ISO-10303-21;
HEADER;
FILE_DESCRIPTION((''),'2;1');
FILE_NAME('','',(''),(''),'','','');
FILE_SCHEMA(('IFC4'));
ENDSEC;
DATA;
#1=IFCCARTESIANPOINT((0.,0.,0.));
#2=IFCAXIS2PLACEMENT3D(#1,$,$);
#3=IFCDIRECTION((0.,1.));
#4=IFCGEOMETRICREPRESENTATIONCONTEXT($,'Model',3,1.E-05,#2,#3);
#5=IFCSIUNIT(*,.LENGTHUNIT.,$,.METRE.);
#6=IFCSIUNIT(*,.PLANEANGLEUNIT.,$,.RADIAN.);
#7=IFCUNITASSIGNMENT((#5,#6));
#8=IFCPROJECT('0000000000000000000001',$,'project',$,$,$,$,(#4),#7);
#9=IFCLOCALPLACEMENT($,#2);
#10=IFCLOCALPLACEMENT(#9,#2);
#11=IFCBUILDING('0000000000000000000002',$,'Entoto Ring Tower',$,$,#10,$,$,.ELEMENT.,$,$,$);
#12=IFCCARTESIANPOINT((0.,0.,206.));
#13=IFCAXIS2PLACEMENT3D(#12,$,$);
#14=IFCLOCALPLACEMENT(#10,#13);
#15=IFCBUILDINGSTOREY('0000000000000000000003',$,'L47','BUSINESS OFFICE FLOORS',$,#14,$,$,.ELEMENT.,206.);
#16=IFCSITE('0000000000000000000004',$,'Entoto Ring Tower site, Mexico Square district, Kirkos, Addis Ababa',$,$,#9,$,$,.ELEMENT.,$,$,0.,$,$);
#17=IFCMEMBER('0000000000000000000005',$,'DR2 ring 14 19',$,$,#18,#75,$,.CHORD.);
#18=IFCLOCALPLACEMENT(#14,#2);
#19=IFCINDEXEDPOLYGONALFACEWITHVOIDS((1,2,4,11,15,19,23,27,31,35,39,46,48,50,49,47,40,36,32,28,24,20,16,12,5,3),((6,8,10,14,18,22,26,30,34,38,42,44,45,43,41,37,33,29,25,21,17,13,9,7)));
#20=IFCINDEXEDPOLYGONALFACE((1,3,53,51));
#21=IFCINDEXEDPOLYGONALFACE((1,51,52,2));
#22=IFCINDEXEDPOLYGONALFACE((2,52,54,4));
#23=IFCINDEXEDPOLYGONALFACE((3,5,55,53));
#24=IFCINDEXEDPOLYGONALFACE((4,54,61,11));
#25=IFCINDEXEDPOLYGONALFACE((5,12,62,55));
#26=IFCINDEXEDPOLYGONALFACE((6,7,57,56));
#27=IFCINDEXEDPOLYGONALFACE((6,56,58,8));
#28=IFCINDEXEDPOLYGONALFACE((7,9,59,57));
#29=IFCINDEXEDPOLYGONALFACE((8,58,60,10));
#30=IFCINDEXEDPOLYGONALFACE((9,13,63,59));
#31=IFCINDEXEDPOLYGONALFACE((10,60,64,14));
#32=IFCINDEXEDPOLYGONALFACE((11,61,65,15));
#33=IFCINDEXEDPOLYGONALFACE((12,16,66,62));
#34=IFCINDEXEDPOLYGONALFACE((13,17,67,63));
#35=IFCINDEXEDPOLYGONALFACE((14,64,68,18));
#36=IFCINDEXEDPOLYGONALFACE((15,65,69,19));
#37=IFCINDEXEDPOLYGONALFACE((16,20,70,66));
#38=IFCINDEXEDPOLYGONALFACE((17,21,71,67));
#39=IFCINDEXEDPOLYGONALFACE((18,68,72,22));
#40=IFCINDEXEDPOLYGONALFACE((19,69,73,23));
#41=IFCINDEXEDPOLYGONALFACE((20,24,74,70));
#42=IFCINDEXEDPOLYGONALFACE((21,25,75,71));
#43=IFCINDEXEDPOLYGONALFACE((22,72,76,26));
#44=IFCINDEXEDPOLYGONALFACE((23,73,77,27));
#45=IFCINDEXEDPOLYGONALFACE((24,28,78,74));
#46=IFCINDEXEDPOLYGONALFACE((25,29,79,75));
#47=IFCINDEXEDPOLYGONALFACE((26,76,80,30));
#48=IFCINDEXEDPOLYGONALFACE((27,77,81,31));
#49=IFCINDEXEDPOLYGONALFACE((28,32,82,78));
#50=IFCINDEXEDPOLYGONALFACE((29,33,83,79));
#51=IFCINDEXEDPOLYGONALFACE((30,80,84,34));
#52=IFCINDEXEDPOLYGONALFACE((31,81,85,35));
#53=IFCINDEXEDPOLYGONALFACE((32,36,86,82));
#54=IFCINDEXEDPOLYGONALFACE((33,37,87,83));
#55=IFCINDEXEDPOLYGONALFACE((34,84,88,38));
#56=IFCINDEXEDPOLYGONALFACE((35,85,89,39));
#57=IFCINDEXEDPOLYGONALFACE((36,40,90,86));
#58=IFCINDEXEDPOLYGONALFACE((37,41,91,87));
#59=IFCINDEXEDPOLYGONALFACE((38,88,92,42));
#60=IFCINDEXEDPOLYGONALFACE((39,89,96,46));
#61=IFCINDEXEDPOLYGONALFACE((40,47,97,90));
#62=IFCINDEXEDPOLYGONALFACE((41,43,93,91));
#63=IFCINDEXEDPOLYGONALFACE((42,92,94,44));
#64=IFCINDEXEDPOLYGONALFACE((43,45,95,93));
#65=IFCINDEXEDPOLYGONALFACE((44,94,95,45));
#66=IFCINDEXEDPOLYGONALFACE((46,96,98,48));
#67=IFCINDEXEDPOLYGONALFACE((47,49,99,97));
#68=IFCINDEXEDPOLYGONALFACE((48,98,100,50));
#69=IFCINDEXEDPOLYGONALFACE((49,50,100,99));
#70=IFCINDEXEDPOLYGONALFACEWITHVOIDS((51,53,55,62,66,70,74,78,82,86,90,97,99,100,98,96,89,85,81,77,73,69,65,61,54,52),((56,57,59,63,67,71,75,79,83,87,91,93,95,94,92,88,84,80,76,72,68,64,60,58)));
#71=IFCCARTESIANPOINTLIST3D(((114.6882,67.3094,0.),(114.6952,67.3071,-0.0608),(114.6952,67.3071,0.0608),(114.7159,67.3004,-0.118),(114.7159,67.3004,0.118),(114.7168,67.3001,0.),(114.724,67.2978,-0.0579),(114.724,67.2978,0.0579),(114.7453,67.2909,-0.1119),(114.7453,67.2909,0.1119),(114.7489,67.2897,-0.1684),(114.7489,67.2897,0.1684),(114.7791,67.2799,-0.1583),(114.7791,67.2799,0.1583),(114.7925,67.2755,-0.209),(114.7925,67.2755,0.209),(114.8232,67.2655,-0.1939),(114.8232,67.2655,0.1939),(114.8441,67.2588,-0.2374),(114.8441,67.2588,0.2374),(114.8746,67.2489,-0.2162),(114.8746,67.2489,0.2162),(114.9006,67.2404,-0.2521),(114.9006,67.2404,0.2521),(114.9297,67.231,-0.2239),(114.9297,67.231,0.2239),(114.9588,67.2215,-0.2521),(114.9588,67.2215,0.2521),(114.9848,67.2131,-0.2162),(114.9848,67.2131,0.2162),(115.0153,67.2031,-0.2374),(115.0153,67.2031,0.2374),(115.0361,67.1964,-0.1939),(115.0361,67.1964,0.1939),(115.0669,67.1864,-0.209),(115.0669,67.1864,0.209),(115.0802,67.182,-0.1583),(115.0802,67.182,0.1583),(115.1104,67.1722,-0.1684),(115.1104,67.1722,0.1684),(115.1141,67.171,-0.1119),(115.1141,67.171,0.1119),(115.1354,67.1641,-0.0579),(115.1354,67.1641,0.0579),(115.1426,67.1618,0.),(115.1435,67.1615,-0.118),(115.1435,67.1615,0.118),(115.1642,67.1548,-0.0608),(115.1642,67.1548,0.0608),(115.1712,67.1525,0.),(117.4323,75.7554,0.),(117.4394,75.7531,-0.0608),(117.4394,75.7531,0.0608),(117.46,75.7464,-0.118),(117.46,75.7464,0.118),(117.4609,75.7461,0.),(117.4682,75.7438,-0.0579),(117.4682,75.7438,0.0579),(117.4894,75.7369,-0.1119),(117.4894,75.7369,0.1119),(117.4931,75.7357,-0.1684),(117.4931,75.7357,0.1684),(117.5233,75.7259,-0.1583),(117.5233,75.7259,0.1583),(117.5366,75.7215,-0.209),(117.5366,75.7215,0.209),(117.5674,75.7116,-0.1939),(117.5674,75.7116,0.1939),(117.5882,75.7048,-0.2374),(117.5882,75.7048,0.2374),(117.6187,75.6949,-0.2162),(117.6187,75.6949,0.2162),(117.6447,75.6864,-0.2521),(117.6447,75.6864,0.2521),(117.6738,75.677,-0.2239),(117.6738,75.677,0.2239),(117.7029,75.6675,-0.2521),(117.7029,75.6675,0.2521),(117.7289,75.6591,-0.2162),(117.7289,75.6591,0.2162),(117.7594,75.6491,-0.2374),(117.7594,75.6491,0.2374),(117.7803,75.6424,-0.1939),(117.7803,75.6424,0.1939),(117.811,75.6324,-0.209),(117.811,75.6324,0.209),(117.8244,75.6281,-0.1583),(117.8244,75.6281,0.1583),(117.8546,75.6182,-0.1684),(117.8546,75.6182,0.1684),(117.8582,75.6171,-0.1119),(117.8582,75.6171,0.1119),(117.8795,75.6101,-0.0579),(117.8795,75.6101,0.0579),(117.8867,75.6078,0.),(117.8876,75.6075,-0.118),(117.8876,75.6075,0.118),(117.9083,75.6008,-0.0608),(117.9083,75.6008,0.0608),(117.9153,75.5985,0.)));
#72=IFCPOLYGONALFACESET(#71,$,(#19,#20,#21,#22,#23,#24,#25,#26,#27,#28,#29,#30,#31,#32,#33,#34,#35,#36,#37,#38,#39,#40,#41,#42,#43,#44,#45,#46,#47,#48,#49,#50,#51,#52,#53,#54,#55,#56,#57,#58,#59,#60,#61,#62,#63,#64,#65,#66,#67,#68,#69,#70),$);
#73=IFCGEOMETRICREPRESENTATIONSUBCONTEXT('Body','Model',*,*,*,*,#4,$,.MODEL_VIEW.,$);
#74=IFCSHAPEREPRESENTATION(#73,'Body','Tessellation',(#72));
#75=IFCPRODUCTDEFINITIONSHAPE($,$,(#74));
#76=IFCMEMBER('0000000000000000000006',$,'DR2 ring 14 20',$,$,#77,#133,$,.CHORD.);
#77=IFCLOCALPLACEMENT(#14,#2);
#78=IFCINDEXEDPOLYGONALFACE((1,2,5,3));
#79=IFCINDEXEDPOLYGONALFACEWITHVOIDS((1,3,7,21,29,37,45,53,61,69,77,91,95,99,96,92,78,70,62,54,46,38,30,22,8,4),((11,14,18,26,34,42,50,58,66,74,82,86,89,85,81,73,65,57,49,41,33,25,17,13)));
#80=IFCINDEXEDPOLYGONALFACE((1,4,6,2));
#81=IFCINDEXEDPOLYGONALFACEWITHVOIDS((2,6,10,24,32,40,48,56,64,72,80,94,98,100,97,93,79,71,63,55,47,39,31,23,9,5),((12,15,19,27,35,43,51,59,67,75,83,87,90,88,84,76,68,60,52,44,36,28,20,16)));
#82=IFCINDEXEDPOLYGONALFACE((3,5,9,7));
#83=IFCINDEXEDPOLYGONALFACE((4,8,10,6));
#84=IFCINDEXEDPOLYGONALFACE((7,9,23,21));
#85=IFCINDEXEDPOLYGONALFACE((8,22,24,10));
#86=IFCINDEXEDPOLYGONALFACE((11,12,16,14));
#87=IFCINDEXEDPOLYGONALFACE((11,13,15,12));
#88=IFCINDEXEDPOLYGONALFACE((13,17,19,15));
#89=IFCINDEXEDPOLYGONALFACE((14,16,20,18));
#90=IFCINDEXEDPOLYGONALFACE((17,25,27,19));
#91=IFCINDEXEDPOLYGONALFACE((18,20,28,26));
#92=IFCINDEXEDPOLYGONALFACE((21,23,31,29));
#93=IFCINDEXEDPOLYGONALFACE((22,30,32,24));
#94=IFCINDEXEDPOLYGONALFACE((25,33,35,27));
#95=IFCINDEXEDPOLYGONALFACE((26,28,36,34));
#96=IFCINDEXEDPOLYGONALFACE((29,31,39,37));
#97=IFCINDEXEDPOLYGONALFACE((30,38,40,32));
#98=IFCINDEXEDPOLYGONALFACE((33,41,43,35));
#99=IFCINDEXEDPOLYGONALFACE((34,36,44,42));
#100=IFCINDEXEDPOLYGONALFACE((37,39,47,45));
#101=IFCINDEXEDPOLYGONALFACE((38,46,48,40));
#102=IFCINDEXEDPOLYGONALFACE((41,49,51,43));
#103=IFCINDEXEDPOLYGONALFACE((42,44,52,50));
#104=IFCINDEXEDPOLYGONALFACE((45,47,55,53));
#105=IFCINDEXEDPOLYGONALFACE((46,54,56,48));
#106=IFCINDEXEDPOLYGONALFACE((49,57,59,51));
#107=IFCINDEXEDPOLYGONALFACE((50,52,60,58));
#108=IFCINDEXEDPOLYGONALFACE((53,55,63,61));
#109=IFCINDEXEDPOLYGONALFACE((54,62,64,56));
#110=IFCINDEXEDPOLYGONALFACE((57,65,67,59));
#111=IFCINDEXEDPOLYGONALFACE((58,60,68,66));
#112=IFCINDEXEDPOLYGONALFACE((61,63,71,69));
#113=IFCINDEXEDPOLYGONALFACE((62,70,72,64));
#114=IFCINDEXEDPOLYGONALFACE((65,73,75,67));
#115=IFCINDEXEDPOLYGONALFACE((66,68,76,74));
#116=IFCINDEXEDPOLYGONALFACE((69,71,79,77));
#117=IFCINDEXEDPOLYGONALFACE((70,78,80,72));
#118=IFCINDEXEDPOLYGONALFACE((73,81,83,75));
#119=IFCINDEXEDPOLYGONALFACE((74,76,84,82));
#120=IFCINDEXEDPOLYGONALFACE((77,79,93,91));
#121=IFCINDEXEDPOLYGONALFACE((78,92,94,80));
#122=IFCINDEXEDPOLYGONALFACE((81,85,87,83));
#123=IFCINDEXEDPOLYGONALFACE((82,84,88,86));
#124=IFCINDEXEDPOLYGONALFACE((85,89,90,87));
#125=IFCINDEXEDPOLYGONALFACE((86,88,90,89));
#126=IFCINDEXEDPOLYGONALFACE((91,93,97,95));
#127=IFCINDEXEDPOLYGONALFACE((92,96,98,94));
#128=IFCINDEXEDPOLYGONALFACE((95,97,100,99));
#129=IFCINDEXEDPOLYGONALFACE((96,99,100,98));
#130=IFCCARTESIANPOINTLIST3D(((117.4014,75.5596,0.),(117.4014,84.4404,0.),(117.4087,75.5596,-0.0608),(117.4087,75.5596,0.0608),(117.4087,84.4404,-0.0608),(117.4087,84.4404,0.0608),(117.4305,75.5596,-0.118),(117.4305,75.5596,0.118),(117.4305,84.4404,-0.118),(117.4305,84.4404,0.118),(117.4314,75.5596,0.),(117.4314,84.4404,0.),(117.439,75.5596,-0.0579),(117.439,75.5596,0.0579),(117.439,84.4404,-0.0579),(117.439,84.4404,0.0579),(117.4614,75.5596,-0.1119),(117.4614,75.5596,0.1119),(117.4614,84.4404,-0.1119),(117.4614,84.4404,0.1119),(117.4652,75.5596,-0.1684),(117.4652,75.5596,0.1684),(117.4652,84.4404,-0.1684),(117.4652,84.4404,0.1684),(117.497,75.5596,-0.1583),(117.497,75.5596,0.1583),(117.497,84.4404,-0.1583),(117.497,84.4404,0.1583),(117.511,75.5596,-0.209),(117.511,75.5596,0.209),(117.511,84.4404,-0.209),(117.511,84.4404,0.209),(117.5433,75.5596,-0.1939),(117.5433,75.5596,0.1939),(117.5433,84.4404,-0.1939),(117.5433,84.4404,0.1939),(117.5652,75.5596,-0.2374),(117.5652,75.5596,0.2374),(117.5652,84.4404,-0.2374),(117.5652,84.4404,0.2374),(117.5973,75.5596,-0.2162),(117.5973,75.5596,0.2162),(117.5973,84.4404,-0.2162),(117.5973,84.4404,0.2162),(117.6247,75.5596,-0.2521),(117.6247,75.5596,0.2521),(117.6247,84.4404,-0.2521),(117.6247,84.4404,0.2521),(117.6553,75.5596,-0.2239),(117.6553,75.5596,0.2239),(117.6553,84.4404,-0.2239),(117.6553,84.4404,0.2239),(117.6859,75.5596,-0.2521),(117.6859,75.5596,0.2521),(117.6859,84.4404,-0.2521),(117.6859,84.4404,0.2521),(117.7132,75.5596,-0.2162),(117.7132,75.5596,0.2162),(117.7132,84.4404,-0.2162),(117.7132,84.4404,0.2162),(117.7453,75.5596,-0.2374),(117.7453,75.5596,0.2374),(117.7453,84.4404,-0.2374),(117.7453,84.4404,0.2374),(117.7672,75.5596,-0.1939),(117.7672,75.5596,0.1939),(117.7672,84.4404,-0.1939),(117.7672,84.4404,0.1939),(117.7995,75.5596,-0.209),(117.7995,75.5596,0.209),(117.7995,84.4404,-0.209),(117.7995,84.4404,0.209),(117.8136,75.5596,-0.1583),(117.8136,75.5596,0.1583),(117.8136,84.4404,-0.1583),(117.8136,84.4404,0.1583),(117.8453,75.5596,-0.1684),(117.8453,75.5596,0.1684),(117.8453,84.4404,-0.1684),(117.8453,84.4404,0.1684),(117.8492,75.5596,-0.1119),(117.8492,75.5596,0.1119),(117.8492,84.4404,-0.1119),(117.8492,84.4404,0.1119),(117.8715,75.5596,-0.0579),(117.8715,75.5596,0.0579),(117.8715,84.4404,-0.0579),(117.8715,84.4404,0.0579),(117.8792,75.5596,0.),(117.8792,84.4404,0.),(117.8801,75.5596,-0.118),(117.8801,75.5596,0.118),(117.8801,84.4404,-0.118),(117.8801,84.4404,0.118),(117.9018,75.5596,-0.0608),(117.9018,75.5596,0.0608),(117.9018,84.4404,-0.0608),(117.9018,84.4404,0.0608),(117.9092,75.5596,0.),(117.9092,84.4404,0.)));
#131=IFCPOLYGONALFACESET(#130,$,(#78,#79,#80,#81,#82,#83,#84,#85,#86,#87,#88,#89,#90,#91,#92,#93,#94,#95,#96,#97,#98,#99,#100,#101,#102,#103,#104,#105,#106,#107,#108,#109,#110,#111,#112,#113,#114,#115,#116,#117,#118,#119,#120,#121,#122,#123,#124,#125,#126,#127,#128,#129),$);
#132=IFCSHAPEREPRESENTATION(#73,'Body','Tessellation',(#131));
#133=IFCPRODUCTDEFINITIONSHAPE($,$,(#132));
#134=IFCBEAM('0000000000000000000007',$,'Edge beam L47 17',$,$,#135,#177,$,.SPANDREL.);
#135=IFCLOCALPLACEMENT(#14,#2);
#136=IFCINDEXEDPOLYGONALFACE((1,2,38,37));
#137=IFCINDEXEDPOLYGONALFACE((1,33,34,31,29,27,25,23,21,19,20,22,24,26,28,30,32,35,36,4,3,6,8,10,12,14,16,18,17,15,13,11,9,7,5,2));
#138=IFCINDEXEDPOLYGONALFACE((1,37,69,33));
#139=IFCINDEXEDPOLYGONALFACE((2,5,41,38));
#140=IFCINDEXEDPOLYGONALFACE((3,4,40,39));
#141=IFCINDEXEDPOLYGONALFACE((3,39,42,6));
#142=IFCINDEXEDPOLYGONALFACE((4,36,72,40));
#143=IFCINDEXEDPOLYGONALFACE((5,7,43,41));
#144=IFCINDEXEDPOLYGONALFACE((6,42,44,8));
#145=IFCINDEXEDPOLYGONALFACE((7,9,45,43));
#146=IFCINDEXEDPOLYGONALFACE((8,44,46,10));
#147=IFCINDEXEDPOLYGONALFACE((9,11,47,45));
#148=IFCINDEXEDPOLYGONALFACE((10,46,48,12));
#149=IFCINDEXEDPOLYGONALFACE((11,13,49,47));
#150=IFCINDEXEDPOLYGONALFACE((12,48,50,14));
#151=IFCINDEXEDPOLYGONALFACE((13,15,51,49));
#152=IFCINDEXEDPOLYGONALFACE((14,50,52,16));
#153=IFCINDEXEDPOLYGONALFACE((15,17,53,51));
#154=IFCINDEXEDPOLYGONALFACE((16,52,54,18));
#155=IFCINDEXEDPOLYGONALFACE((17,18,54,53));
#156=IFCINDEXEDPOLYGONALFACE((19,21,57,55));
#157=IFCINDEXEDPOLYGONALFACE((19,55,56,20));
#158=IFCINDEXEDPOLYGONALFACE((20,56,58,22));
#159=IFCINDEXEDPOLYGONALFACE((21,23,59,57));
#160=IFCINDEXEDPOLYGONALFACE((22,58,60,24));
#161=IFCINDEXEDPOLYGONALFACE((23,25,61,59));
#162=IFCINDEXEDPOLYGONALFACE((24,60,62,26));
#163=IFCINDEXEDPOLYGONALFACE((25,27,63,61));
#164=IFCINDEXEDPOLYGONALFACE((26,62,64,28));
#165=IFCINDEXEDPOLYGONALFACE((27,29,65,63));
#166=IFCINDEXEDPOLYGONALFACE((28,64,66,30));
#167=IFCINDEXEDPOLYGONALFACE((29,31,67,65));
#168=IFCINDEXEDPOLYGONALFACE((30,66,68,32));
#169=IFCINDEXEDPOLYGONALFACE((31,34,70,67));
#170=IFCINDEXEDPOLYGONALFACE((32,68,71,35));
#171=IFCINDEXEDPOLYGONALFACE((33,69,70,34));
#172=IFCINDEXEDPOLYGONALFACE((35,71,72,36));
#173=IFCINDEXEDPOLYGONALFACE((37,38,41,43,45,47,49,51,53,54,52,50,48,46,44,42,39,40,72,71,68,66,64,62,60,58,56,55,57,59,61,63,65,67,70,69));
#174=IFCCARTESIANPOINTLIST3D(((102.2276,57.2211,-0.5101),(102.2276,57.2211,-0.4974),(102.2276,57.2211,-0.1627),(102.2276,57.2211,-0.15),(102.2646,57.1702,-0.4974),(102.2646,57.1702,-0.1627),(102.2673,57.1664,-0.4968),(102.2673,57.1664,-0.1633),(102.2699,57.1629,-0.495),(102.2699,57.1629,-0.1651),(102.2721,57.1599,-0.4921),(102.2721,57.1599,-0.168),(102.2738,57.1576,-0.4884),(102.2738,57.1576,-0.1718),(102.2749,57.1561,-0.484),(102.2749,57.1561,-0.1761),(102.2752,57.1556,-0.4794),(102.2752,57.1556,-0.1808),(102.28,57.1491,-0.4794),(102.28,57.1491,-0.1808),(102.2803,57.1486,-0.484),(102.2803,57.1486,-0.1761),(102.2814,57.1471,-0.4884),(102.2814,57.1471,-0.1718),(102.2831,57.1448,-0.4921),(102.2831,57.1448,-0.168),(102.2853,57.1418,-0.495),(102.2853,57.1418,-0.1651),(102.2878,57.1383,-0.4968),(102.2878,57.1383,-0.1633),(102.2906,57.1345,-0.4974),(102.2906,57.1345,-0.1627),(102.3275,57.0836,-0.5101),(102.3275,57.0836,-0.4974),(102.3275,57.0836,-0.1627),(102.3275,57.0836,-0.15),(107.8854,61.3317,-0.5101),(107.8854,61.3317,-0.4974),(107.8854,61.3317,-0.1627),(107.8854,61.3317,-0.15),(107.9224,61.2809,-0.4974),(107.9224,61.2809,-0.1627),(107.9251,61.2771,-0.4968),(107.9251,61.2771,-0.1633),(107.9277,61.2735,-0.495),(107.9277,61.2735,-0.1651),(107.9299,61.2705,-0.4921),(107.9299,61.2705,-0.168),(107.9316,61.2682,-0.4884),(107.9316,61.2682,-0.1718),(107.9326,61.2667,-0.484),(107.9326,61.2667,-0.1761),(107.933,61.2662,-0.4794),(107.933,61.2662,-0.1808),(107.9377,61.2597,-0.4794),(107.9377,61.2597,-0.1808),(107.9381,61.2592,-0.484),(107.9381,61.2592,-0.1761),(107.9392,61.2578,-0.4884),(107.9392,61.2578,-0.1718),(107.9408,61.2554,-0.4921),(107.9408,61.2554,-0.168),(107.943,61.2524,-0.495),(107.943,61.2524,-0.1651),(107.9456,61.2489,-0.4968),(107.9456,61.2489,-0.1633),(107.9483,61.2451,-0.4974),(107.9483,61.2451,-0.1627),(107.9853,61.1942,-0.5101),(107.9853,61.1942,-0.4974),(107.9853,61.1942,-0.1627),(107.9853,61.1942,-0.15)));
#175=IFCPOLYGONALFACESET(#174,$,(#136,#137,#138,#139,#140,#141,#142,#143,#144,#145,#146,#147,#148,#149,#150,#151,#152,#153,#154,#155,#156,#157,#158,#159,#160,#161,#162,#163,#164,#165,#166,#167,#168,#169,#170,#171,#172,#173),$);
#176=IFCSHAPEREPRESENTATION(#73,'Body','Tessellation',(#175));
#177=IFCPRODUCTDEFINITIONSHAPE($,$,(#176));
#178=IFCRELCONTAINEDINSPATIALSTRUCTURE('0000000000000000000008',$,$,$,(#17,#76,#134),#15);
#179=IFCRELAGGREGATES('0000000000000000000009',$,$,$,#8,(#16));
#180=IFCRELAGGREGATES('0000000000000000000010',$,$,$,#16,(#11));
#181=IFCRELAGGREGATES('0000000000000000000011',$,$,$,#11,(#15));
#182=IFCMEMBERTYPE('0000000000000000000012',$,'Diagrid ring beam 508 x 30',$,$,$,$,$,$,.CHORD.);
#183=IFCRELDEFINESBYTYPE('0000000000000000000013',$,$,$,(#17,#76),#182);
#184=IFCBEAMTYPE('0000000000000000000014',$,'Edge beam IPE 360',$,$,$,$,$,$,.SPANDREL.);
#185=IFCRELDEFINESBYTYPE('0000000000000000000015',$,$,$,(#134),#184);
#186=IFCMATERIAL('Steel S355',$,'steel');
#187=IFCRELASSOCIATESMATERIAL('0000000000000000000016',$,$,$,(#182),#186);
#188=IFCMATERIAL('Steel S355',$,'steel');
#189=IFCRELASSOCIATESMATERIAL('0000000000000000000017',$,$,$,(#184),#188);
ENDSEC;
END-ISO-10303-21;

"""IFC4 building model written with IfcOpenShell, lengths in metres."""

from ifc_helpers import new_model, si_unit, direction, frame, origin, origin_2d, place, context, subcontext, project, spatial, circle, hollow_circle, i_section, extrude, material, material_profile, profile_set, type_object, element, save


model = new_model("IFC4")

# Units and contexts
model_context = context("Model", 3, precision=1e-05, world=origin(), true_north=direction((0.0, 1.0)))
body_context = subcontext(model_context, "Body", "Model", "MODEL_VIEW")
ifc_project = project(units=[si_unit("LENGTHUNIT", "METRE"), si_unit("PLANEANGLEUNIT", "RADIAN")], contexts=[model_context])

# Site, building, storey
site_placement = place(None, origin())
site = spatial("IfcSite", under=ifc_project, at=site_placement, Name="Entoto Ring Tower site, Mexico Square district, Kirkos, Addis Ababa", CompositionType="ELEMENT", RefElevation=0.0)
building_placement = place(site_placement, origin())
building = spatial("IfcBuilding", under=site, at=building_placement, Name="Entoto Ring Tower", CompositionType="ELEMENT")
storey_placement = place(building_placement, frame((0.0, 0.0, 206.0)))
storey = spatial("IfcBuildingStorey", under=building, at=storey_placement, Name="L47", Description="BUSINESS OFFICE FLOORS", CompositionType="ELEMENT", Elevation=206.0)

# Members
ifc_material_1 = material(Name="Steel S355", Category="steel")
ifc_material_profile_1 = material_profile(ifc_material_1, hollow_circle(Radius=0.2539, WallThickness=0.03, at=origin_2d()), Name="CHS 508 x 30")
ifc_material_2 = material(Name="Concrete C60/75", Category="concrete")
ifc_material_profile_2 = material_profile(ifc_material_2, circle(Radius=0.2241, at=origin_2d()), Name="Concrete C60/75 infill")
ifc_profile_set_1 = profile_set([ifc_material_profile_1, ifc_material_profile_2], Name="Steel S355")
member_type_1 = type_object("IfcMemberType", Name="Diagrid ring beam 508 x 30", PredefinedType="CHORD", material=ifc_profile_set_1)
for number, where, z_axis, x_axis, name in (
    (1, (114.9297, 67.231, 0.0), (0.309002, 0.951061, 0.0), (-0.951061, 0.309002, 0.0), "DR2 ring 14 19"),
):
    element("IfcMember", number, at=place(storey_placement, frame(where, z_axis=z_axis, x_axis=x_axis)), inside=storey, type_object=member_type_1, Name=name, PredefinedType="CHORD", context=body_context, shape_type="SweptSolid", body=[
        extrude(hollow_circle(Radius=0.2539, WallThickness=0.03, at=origin_2d()), origin(), (0.0, 0.0, 1.0), 8.8806),
    ])
member_placement = place(storey_placement, frame((117.6553, 75.5596, 0.0), z_axis=(0.0, 1.0, 0.0), x_axis=(-1.0, 0.0, 0.0)))
element("IfcMember", 2, at=member_placement, inside=storey, type_object=member_type_1, Name="DR2 ring 14 20", PredefinedType="CHORD", context=body_context, shape_type="SweptSolid", body=[
    extrude(hollow_circle(Radius=0.2539, WallThickness=0.03, at=origin_2d()), origin(), (0.0, 0.0, 1.0), 8.8809),
])

# Beam
ifc_material_3 = material(Name="Steel S355", Category="steel")
ifc_material_profile_3 = material_profile(ifc_material_3, i_section(OverallWidth=0.1699, OverallDepth=0.3601, WebThickness=0.0081, FlangeThickness=0.0127, FilletRadius=0.0181, at=origin_2d()), Name="IPE 360")
ifc_profile_set_2 = profile_set([ifc_material_profile_3], Name="Steel S355")
beam_type_1 = type_object("IfcBeamType", Name="Edge beam IPE 360", PredefinedType="SPANDREL", material=ifc_profile_set_2)
for number, where, z_axis, x_axis, name in (
    (3, (102.2776, 57.1523, -0.3301), (0.809015, 0.587788, 0.0), (-0.587788, 0.809015, 0.0), "Edge beam L47 17"),
):
    element("IfcBeam", number, at=place(storey_placement, frame(where, z_axis=z_axis, x_axis=x_axis)), inside=storey, type_object=beam_type_1, Name=name, PredefinedType="SPANDREL", context=body_context, shape_type="SweptSolid", body=[
        extrude(i_section(OverallWidth=0.1699, OverallDepth=0.3601, WebThickness=0.0081, FlangeThickness=0.0127, FilletRadius=0.0181, at=origin_2d()), origin(), (0.0, 0.0, 1.0), 6.9934),
    ])

save(model, "model.ifc")
